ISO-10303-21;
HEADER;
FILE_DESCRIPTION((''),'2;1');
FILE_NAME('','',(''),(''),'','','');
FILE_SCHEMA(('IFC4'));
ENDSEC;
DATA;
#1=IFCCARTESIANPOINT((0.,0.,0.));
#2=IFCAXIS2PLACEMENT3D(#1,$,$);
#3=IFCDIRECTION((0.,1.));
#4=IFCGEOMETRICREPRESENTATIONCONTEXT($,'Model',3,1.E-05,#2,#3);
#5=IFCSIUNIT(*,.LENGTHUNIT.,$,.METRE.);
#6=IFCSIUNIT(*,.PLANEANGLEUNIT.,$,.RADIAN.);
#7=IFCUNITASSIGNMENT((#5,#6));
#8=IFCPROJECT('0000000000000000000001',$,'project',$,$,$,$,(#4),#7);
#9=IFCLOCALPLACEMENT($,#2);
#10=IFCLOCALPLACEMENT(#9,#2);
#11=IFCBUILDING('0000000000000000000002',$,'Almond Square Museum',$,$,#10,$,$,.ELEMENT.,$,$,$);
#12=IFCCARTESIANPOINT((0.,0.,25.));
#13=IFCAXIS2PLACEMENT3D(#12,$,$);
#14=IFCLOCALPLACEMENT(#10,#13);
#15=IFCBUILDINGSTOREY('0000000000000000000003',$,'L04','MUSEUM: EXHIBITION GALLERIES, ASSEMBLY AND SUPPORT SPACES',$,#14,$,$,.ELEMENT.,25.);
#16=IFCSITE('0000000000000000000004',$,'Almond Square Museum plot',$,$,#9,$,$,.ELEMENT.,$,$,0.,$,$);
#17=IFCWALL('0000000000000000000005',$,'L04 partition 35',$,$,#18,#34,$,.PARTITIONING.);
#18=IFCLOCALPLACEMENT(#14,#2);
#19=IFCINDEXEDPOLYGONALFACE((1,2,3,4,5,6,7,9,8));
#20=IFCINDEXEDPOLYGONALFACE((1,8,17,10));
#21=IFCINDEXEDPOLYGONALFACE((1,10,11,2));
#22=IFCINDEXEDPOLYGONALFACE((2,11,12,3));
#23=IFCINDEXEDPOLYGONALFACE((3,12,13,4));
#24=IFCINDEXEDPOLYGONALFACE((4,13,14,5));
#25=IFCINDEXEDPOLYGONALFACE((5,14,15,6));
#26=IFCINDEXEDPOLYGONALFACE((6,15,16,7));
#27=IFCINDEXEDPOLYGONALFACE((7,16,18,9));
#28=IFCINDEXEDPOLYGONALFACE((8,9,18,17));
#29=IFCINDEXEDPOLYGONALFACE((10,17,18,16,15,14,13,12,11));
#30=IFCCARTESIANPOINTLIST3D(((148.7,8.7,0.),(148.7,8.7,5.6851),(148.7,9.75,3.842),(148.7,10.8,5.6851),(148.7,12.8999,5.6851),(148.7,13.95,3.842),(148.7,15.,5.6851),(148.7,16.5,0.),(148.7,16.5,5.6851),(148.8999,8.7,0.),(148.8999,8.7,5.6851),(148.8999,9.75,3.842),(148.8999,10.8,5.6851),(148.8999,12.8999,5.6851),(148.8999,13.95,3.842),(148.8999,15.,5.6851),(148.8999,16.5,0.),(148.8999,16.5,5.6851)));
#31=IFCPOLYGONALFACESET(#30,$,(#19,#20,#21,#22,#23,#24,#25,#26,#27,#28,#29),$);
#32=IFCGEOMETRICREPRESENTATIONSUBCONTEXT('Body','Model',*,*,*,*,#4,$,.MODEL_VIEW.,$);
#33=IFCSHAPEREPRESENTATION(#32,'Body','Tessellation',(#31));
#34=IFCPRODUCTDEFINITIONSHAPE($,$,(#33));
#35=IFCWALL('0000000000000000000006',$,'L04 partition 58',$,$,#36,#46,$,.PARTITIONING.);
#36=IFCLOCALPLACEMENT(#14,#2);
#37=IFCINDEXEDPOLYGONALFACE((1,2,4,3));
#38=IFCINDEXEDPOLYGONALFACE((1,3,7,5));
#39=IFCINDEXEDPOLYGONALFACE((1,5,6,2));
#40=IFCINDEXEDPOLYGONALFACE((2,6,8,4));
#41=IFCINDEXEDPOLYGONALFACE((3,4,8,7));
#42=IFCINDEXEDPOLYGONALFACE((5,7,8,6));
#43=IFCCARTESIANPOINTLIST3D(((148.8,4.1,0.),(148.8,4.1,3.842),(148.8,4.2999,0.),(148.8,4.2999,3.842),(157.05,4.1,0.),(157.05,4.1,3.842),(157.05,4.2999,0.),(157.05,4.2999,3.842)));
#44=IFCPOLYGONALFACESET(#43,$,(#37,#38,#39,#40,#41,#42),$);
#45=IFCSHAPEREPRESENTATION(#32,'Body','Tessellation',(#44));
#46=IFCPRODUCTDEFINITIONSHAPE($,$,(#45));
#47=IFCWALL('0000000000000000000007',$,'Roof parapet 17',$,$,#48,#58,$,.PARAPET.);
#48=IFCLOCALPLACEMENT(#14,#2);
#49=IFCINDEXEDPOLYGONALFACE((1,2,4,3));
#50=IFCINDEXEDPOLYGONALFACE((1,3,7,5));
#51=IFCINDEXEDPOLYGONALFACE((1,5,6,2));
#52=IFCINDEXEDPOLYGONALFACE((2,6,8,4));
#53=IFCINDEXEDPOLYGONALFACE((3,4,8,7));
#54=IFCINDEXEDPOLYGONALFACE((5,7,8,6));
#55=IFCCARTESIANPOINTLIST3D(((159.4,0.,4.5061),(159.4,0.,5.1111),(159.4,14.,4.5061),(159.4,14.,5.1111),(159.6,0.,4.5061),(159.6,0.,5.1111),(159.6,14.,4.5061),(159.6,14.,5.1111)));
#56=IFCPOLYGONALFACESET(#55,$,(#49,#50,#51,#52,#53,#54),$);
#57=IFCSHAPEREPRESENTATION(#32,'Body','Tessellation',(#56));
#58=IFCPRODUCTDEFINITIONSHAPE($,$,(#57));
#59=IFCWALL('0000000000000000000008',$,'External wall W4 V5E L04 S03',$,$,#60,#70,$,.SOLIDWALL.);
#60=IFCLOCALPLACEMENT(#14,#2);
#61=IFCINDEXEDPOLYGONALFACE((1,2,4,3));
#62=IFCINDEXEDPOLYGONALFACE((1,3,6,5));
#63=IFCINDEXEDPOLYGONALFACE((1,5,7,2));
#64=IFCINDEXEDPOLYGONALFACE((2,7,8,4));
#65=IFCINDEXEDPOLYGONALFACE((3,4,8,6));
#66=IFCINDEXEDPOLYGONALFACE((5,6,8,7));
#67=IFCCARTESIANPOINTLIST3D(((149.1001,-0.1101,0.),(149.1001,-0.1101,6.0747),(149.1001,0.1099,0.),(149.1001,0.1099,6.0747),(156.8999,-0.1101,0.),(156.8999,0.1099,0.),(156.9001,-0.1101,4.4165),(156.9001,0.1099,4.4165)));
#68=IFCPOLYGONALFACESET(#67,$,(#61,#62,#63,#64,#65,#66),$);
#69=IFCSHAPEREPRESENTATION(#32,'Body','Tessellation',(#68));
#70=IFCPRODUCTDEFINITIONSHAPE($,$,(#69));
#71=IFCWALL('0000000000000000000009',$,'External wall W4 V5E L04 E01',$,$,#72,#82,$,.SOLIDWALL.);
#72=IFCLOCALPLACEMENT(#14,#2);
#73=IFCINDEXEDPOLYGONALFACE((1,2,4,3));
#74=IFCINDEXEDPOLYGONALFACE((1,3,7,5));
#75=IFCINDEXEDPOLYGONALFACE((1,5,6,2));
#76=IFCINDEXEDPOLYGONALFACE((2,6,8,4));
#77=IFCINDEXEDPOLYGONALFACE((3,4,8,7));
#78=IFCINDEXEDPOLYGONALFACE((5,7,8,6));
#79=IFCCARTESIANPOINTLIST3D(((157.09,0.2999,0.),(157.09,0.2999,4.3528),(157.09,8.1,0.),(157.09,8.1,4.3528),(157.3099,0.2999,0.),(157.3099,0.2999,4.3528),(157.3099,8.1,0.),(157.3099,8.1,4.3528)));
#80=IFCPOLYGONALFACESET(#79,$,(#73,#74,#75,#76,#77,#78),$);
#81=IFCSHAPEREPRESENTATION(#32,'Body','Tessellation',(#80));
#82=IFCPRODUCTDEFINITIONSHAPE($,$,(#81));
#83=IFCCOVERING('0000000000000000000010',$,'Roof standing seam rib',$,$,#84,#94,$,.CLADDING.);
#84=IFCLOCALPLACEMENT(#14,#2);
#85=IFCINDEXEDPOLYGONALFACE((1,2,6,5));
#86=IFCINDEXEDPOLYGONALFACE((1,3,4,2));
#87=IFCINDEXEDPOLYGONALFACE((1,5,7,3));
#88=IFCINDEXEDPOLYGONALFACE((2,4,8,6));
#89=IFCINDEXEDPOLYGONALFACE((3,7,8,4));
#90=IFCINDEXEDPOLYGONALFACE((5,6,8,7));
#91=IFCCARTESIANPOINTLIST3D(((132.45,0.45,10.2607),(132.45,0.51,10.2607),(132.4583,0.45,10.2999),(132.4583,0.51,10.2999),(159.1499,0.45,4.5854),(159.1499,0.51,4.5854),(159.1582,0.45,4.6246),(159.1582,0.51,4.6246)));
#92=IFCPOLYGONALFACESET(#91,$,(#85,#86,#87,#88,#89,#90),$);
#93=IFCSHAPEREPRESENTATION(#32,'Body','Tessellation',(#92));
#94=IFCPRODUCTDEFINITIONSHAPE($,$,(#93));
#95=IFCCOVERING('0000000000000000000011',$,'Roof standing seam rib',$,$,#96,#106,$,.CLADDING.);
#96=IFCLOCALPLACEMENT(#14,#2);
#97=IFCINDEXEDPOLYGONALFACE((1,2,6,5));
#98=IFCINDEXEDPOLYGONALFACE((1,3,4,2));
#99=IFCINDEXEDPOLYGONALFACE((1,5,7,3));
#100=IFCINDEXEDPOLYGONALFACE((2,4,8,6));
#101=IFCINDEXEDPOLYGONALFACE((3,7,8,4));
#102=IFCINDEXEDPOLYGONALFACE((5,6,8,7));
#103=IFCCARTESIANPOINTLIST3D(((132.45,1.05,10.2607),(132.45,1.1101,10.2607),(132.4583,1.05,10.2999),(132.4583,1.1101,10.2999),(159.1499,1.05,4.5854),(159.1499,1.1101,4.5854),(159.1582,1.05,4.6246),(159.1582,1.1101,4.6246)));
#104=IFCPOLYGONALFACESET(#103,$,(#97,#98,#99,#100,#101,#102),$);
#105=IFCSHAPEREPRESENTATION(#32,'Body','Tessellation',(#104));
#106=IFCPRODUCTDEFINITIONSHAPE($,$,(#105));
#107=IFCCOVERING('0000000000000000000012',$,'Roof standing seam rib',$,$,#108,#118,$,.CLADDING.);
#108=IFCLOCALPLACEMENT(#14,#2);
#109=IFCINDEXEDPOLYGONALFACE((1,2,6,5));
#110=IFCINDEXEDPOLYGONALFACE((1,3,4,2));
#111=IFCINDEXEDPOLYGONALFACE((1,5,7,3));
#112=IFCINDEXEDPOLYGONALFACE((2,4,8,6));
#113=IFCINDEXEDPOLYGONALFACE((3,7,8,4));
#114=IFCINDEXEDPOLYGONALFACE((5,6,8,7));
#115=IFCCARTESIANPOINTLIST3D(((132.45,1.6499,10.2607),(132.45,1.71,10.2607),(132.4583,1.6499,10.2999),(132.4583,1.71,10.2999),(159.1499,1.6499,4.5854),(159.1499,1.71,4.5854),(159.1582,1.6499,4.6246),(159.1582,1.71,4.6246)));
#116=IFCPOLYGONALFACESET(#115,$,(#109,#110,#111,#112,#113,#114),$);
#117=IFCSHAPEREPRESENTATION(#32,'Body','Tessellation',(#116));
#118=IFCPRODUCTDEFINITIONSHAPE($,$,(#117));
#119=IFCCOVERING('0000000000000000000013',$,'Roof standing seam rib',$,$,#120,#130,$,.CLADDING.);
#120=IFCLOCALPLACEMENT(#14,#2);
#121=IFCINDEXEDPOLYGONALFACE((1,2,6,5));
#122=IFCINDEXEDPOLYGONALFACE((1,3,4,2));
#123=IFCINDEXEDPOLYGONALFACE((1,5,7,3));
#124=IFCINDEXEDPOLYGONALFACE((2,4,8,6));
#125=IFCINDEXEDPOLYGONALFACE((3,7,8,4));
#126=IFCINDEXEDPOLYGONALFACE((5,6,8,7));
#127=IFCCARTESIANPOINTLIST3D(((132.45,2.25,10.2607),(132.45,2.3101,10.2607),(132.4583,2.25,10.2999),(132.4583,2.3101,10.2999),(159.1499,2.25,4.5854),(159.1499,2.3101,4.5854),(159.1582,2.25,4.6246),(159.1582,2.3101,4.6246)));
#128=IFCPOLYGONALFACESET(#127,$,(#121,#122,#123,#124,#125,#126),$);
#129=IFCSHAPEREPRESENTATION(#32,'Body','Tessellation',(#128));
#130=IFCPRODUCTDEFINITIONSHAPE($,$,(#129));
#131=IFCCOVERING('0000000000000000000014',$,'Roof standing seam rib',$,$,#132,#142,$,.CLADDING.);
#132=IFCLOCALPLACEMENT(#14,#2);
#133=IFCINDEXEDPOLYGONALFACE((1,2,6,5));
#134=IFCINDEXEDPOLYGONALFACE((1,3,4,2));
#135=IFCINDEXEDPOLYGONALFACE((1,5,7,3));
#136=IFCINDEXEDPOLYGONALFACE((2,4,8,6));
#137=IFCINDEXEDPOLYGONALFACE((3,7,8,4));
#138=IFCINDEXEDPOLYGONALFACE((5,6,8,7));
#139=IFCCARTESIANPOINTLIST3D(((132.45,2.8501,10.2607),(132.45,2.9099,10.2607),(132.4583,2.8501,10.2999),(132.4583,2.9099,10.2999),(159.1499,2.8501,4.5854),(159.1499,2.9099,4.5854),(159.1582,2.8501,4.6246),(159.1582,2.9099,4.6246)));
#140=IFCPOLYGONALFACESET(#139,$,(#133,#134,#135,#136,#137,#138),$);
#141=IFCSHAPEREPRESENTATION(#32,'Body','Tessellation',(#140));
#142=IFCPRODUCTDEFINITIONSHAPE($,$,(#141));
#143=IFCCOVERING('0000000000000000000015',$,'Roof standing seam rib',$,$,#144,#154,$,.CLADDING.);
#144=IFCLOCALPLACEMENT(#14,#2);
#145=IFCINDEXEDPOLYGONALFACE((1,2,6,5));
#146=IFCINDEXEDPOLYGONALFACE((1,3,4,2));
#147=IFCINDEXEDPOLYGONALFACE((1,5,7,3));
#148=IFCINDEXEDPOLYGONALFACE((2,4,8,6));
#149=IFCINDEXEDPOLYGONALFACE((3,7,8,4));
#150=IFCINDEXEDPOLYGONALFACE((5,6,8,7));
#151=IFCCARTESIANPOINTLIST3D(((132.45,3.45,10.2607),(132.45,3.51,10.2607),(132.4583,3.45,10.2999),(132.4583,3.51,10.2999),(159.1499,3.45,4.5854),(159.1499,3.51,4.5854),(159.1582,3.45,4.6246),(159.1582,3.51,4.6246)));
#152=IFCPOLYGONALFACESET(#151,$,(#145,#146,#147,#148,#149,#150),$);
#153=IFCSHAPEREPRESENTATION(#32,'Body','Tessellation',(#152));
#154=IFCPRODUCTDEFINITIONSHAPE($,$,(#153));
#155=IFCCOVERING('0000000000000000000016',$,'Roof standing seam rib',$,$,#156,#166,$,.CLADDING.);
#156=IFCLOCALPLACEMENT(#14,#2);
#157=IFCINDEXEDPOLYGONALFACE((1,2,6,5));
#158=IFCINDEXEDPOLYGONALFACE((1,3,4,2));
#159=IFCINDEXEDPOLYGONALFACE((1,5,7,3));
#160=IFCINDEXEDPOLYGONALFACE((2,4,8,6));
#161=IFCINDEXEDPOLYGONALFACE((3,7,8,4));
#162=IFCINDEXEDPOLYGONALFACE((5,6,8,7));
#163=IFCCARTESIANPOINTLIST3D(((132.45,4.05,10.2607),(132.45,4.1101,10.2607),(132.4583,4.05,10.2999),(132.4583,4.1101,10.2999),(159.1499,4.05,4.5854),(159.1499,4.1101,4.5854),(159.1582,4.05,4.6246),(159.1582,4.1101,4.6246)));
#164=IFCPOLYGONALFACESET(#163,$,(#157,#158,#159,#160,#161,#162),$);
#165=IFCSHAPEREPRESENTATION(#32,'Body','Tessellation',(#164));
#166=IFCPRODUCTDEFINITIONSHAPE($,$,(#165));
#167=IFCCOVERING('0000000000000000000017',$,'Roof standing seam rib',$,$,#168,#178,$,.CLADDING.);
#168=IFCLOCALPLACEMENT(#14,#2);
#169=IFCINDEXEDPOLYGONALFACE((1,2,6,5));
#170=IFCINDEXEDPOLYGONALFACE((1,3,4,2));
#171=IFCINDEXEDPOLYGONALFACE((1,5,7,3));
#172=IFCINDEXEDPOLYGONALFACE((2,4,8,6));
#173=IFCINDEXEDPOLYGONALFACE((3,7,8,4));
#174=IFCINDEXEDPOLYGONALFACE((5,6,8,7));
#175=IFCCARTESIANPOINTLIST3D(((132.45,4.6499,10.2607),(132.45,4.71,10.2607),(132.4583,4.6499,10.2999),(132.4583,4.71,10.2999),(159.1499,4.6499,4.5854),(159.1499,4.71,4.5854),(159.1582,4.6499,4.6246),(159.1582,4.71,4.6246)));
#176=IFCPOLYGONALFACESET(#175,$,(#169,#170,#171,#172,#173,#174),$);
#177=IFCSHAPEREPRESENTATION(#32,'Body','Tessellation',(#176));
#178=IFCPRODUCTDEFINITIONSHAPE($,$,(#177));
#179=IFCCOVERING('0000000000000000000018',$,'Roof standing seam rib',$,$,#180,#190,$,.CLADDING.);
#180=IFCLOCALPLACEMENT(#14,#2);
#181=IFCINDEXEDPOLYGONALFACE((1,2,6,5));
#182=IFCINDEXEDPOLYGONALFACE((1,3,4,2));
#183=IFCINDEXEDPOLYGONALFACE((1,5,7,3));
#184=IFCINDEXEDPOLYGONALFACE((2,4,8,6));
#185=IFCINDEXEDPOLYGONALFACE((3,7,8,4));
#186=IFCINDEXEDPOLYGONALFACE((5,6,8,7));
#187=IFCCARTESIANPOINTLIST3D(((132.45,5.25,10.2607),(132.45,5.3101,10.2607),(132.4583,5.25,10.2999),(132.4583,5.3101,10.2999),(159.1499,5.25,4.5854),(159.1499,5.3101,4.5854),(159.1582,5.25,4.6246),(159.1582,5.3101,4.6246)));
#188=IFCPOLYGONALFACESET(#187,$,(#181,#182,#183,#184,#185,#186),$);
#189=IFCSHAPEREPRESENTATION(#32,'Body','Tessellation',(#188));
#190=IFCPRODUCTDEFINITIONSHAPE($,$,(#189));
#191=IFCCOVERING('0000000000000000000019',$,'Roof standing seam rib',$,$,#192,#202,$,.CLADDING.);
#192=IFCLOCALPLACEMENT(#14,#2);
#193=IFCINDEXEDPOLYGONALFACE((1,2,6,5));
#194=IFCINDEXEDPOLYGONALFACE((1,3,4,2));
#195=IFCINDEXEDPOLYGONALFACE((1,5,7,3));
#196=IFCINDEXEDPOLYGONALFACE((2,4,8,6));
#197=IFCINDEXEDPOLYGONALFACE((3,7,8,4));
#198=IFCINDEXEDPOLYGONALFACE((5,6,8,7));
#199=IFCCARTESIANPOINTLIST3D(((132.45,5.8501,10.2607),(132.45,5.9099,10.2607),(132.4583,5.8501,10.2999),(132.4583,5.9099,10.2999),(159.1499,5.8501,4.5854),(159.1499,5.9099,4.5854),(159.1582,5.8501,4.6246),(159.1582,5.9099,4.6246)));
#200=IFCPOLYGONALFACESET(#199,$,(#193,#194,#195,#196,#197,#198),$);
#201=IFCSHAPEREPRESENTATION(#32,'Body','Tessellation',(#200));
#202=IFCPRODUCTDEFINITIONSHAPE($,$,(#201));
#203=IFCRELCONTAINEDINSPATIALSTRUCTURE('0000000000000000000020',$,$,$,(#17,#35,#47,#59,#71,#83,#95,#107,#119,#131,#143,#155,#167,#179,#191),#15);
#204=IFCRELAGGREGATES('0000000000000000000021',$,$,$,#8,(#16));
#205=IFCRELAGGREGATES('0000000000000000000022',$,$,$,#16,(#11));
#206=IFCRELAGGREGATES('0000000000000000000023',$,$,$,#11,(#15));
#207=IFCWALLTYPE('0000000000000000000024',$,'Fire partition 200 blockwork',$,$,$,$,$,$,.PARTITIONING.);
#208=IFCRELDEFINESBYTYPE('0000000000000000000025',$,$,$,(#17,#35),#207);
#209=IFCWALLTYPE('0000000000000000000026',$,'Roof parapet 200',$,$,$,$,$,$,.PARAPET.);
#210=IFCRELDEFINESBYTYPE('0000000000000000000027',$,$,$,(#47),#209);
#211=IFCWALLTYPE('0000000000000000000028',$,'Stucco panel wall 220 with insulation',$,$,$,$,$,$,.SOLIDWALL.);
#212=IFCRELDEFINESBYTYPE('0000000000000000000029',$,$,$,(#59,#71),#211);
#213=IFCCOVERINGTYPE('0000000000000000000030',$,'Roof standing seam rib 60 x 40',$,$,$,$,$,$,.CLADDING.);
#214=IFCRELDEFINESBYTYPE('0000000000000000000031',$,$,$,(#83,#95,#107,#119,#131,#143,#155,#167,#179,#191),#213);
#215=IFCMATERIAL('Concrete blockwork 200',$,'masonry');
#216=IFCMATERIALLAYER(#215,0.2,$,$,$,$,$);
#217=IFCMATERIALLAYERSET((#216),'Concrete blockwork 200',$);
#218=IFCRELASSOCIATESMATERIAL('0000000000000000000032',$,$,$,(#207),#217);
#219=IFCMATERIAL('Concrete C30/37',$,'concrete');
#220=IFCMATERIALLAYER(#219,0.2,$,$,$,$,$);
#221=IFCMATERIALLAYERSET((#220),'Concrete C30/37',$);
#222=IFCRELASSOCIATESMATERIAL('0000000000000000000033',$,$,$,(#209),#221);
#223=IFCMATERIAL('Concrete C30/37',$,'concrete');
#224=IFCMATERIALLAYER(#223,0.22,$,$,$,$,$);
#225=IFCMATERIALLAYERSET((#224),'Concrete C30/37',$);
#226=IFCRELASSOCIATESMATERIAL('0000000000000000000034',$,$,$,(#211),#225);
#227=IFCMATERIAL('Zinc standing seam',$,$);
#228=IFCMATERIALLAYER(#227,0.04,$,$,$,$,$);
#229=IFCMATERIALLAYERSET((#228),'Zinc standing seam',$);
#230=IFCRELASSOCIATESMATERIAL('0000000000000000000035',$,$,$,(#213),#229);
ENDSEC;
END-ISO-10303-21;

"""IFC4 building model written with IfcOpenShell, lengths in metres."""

from ifc_helpers import new_model, si_unit, direction, frame, frame_2d, origin, place, context, subcontext, project, spatial, polyline, rectangle, outline, extrude, material, layer, layer_set, type_object, element, save


model = new_model("IFC4")

# Units and contexts
model_context = context("Model", 3, precision=1e-05, world=origin(), true_north=direction((0.0, 1.0)))
body_context = subcontext(model_context, "Body", "Model", "MODEL_VIEW")
ifc_project = project(units=[si_unit("LENGTHUNIT", "METRE"), si_unit("PLANEANGLEUNIT", "RADIAN")], contexts=[model_context])

# Site, building, storey
site_placement = place(None, origin())
site = spatial("IfcSite", under=ifc_project, at=site_placement, Name="Almond Square Museum plot", CompositionType="ELEMENT", RefElevation=0.0)
building_placement = place(site_placement, origin())
building = spatial("IfcBuilding", under=site, at=building_placement, Name="Almond Square Museum", CompositionType="ELEMENT")
storey_placement = place(building_placement, frame((0.0, 0.0, 25.0)))
storey = spatial("IfcBuildingStorey", under=building, at=storey_placement, Name="L04", Description="MUSEUM: EXHIBITION GALLERIES, ASSEMBLY AND SUPPORT SPACES", CompositionType="ELEMENT", Elevation=25.0)

# Walls
ifc_material_1 = material(Name="Concrete blockwork 200", Category="masonry")
ifc_layer_1 = layer(ifc_material_1, 0.2)
ifc_layer_set_1 = layer_set([ifc_layer_1], Name="Concrete blockwork 200")
wall_type_1 = type_object("IfcWallType", Name="Fire partition 200 blockwork", PredefinedType="PARTITIONING", material=ifc_layer_set_1)
wall_1_placement = place(storey_placement, frame((148.8, 8.7, 0.0), z_axis=(0.0, 0.0, 1.0), x_axis=(0.0, 1.0, 0.0)))
element("IfcWall", 1, at=wall_1_placement, inside=storey, type_object=wall_type_1, Name="L04 partition 35", PredefinedType="PARTITIONING", context=body_context, shape_type="SweptSolid", body=[
    extrude(outline(polyline([(0.0, 0.0), (7.8, 0.0), (7.8, 5.6851), (6.3, 5.6851), (5.25, 3.842), (4.2, 5.6851), (2.1001, 5.6851), (1.05, 3.842), (0.0, 5.6851), (0.0, 0.0)])), frame((0.0, 0.1001, 0.0), z_axis=(0.0, -1.0, 0.0), x_axis=(1.0, 0.0, 0.0)), (0.0, 0.0, 1.0), 0.2),
])
wall_2_placement = place(storey_placement, frame((148.8, 4.2, 0.0), z_axis=(0.0, 0.0, 1.0), x_axis=(1.0, 0.0, 0.0)))
element("IfcWall", 2, at=wall_2_placement, inside=storey, type_object=wall_type_1, Name="L04 partition 58", PredefinedType="PARTITIONING", context=body_context, shape_type="SweptSolid", body=[
    extrude(rectangle(XDim=8.25, YDim=0.2, at=frame_2d((4.125, 0.0))), origin(), (0.0, 0.0, 1.0), 3.842),
])
ifc_material_2 = material(Name="Concrete C30/37", Category="concrete")
ifc_layer_2 = layer(ifc_material_2, 0.2)
ifc_layer_set_2 = layer_set([ifc_layer_2], Name="Concrete C30/37")
wall_type_2 = type_object("IfcWallType", Name="Roof parapet 200", PredefinedType="PARAPET", material=ifc_layer_set_2)
wall_3_placement = place(storey_placement, frame((159.5, 0.0, 4.5061), z_axis=(0.0, 0.0, 1.0), x_axis=(0.0, 1.0, 0.0)))
element("IfcWall", 3, at=wall_3_placement, inside=storey, type_object=wall_type_2, Name="Roof parapet 17", PredefinedType="PARAPET", context=body_context, shape_type="SweptSolid", body=[
    extrude(rectangle(XDim=14.0, YDim=0.2, at=frame_2d((7.0, 0.0))), origin(), (0.0, 0.0, 1.0), 0.605),
])
ifc_material_3 = material(Name="Concrete C30/37", Category="concrete")
ifc_layer_3 = layer(ifc_material_3, 0.22)
ifc_layer_set_3 = layer_set([ifc_layer_3], Name="Concrete C30/37")
wall_type_3 = type_object("IfcWallType", Name="Stucco panel wall 220 with insulation", PredefinedType="SOLIDWALL", material=ifc_layer_set_3)
wall_4_placement = place(storey_placement, frame((149.1001, 0.0, 0.0), z_axis=(0.0, 0.0, 1.0), x_axis=(1.0, 0.0, 0.0)))
element("IfcWall", 4, at=wall_4_placement, inside=storey, type_object=wall_type_3, Name="External wall W4 V5E L04 S03", PredefinedType="SOLIDWALL", context=body_context, shape_type="SweptSolid", body=[
    extrude(outline(polyline([(0.0, 0.0), (7.7998, 0.0), (7.8, 4.4165), (0.0, 6.0747), (0.0, 0.0)])), frame((0.0, 0.1099, 0.0), z_axis=(0.0, -1.0, 0.0), x_axis=(1.0, 0.0, 0.0)), (0.0, 0.0, 1.0), 0.22),
])
wall_5_placement = place(storey_placement, frame((157.2, 0.3, 0.0), z_axis=(0.0, 0.0, 1.0), x_axis=(0.0, 1.0, 0.0)))
element("IfcWall", 5, at=wall_5_placement, inside=storey, type_object=wall_type_3, Name="External wall W4 V5E L04 E01", PredefinedType="SOLIDWALL", context=body_context, shape_type="SweptSolid", body=[
    extrude(rectangle(XDim=7.8, YDim=0.22, at=frame_2d((3.8999, 0.0))), origin(), (0.0, 0.0, 1.0), 4.3528),
])

# Coverings
ifc_material_4 = material(Name="Zinc standing seam")
ifc_layer_4 = layer(ifc_material_4, 0.04)
ifc_layer_set_4 = layer_set([ifc_layer_4], Name="Zinc standing seam")
covering_type_1 = type_object("IfcCoveringType", Name="Roof standing seam rib 60 x 40", PredefinedType="CLADDING", material=ifc_layer_set_4)
for number, where, z_axis, x_axis, name in (
    (6, (159.1499, 0.51, 4.5854), (0.207913, 0.0, 0.978147), (-0.978147, 0.0, 0.207913), "Roof standing seam rib"),
    (7, (159.1499, 1.1101, 4.5854), (0.207913, 0.0, 0.978147), (-0.978147, 0.0, 0.207913), "Roof standing seam rib"),
    (8, (159.1499, 1.71, 4.5854), (0.207913, 0.0, 0.978147), (-0.978147, 0.0, 0.207913), "Roof standing seam rib"),
    (9, (159.1499, 2.3101, 4.5854), (0.207913, 0.0, 0.978147), (-0.978147, 0.0, 0.207913), "Roof standing seam rib"),
):
    element("IfcCovering", number, at=place(storey_placement, frame(where, z_axis=z_axis, x_axis=x_axis)), inside=storey, type_object=covering_type_1, Name=name, PredefinedType="CLADDING", context=body_context, shape_type="SweptSolid", body=[
        extrude(outline(polyline([(0.0, 0.0), (27.2965, 0.0), (27.2965, 0.0601), (0.0, 0.0601), (0.0, 0.0)])), origin(), (0.0, 0.0, 1.0), 0.04),
    ])
covering_1_placement = place(storey_placement, frame((159.1499, 2.9099, 4.5854), z_axis=(0.207913, 0.0, 0.978147), x_axis=(-0.978147, 0.0, 0.207913)))
element("IfcCovering", 10, at=covering_1_placement, inside=storey, type_object=covering_type_1, Name="Roof standing seam rib", PredefinedType="CLADDING", context=body_context, shape_type="SweptSolid", body=[
    extrude(outline(polyline([(0.0, 0.0), (27.2965, 0.0), (27.2965, 0.0598), (0.0, 0.0598), (0.0, 0.0)])), origin(), (0.0, 0.0, 1.0), 0.04),
])
for number, where, z_axis, x_axis, name in (
    (11, (159.1499, 3.51, 4.5854), (0.207913, 0.0, 0.978147), (-0.978147, 0.0, 0.207913), "Roof standing seam rib"),
    (12, (159.1499, 4.1101, 4.5854), (0.207913, 0.0, 0.978147), (-0.978147, 0.0, 0.207913), "Roof standing seam rib"),
    (13, (159.1499, 4.71, 4.5854), (0.207913, 0.0, 0.978147), (-0.978147, 0.0, 0.207913), "Roof standing seam rib"),
    (14, (159.1499, 5.3101, 4.5854), (0.207913, 0.0, 0.978147), (-0.978147, 0.0, 0.207913), "Roof standing seam rib"),
):
    element("IfcCovering", number, at=place(storey_placement, frame(where, z_axis=z_axis, x_axis=x_axis)), inside=storey, type_object=covering_type_1, Name=name, PredefinedType="CLADDING", context=body_context, shape_type="SweptSolid", body=[
        extrude(outline(polyline([(0.0, 0.0), (27.2965, 0.0), (27.2965, 0.0601), (0.0, 0.0601), (0.0, 0.0)])), origin(), (0.0, 0.0, 1.0), 0.04),
    ])
covering_2_placement = place(storey_placement, frame((159.1499, 5.9099, 4.5854), z_axis=(0.207913, 0.0, 0.978147), x_axis=(-0.978147, 0.0, 0.207913)))
element("IfcCovering", 15, at=covering_2_placement, inside=storey, type_object=covering_type_1, Name="Roof standing seam rib", PredefinedType="CLADDING", context=body_context, shape_type="SweptSolid", body=[
    extrude(outline(polyline([(0.0, 0.0), (27.2965, 0.0), (27.2965, 0.0598), (0.0, 0.0598), (0.0, 0.0)])), origin(), (0.0, 0.0, 1.0), 0.04),
])

save(model, "model.ifc")
